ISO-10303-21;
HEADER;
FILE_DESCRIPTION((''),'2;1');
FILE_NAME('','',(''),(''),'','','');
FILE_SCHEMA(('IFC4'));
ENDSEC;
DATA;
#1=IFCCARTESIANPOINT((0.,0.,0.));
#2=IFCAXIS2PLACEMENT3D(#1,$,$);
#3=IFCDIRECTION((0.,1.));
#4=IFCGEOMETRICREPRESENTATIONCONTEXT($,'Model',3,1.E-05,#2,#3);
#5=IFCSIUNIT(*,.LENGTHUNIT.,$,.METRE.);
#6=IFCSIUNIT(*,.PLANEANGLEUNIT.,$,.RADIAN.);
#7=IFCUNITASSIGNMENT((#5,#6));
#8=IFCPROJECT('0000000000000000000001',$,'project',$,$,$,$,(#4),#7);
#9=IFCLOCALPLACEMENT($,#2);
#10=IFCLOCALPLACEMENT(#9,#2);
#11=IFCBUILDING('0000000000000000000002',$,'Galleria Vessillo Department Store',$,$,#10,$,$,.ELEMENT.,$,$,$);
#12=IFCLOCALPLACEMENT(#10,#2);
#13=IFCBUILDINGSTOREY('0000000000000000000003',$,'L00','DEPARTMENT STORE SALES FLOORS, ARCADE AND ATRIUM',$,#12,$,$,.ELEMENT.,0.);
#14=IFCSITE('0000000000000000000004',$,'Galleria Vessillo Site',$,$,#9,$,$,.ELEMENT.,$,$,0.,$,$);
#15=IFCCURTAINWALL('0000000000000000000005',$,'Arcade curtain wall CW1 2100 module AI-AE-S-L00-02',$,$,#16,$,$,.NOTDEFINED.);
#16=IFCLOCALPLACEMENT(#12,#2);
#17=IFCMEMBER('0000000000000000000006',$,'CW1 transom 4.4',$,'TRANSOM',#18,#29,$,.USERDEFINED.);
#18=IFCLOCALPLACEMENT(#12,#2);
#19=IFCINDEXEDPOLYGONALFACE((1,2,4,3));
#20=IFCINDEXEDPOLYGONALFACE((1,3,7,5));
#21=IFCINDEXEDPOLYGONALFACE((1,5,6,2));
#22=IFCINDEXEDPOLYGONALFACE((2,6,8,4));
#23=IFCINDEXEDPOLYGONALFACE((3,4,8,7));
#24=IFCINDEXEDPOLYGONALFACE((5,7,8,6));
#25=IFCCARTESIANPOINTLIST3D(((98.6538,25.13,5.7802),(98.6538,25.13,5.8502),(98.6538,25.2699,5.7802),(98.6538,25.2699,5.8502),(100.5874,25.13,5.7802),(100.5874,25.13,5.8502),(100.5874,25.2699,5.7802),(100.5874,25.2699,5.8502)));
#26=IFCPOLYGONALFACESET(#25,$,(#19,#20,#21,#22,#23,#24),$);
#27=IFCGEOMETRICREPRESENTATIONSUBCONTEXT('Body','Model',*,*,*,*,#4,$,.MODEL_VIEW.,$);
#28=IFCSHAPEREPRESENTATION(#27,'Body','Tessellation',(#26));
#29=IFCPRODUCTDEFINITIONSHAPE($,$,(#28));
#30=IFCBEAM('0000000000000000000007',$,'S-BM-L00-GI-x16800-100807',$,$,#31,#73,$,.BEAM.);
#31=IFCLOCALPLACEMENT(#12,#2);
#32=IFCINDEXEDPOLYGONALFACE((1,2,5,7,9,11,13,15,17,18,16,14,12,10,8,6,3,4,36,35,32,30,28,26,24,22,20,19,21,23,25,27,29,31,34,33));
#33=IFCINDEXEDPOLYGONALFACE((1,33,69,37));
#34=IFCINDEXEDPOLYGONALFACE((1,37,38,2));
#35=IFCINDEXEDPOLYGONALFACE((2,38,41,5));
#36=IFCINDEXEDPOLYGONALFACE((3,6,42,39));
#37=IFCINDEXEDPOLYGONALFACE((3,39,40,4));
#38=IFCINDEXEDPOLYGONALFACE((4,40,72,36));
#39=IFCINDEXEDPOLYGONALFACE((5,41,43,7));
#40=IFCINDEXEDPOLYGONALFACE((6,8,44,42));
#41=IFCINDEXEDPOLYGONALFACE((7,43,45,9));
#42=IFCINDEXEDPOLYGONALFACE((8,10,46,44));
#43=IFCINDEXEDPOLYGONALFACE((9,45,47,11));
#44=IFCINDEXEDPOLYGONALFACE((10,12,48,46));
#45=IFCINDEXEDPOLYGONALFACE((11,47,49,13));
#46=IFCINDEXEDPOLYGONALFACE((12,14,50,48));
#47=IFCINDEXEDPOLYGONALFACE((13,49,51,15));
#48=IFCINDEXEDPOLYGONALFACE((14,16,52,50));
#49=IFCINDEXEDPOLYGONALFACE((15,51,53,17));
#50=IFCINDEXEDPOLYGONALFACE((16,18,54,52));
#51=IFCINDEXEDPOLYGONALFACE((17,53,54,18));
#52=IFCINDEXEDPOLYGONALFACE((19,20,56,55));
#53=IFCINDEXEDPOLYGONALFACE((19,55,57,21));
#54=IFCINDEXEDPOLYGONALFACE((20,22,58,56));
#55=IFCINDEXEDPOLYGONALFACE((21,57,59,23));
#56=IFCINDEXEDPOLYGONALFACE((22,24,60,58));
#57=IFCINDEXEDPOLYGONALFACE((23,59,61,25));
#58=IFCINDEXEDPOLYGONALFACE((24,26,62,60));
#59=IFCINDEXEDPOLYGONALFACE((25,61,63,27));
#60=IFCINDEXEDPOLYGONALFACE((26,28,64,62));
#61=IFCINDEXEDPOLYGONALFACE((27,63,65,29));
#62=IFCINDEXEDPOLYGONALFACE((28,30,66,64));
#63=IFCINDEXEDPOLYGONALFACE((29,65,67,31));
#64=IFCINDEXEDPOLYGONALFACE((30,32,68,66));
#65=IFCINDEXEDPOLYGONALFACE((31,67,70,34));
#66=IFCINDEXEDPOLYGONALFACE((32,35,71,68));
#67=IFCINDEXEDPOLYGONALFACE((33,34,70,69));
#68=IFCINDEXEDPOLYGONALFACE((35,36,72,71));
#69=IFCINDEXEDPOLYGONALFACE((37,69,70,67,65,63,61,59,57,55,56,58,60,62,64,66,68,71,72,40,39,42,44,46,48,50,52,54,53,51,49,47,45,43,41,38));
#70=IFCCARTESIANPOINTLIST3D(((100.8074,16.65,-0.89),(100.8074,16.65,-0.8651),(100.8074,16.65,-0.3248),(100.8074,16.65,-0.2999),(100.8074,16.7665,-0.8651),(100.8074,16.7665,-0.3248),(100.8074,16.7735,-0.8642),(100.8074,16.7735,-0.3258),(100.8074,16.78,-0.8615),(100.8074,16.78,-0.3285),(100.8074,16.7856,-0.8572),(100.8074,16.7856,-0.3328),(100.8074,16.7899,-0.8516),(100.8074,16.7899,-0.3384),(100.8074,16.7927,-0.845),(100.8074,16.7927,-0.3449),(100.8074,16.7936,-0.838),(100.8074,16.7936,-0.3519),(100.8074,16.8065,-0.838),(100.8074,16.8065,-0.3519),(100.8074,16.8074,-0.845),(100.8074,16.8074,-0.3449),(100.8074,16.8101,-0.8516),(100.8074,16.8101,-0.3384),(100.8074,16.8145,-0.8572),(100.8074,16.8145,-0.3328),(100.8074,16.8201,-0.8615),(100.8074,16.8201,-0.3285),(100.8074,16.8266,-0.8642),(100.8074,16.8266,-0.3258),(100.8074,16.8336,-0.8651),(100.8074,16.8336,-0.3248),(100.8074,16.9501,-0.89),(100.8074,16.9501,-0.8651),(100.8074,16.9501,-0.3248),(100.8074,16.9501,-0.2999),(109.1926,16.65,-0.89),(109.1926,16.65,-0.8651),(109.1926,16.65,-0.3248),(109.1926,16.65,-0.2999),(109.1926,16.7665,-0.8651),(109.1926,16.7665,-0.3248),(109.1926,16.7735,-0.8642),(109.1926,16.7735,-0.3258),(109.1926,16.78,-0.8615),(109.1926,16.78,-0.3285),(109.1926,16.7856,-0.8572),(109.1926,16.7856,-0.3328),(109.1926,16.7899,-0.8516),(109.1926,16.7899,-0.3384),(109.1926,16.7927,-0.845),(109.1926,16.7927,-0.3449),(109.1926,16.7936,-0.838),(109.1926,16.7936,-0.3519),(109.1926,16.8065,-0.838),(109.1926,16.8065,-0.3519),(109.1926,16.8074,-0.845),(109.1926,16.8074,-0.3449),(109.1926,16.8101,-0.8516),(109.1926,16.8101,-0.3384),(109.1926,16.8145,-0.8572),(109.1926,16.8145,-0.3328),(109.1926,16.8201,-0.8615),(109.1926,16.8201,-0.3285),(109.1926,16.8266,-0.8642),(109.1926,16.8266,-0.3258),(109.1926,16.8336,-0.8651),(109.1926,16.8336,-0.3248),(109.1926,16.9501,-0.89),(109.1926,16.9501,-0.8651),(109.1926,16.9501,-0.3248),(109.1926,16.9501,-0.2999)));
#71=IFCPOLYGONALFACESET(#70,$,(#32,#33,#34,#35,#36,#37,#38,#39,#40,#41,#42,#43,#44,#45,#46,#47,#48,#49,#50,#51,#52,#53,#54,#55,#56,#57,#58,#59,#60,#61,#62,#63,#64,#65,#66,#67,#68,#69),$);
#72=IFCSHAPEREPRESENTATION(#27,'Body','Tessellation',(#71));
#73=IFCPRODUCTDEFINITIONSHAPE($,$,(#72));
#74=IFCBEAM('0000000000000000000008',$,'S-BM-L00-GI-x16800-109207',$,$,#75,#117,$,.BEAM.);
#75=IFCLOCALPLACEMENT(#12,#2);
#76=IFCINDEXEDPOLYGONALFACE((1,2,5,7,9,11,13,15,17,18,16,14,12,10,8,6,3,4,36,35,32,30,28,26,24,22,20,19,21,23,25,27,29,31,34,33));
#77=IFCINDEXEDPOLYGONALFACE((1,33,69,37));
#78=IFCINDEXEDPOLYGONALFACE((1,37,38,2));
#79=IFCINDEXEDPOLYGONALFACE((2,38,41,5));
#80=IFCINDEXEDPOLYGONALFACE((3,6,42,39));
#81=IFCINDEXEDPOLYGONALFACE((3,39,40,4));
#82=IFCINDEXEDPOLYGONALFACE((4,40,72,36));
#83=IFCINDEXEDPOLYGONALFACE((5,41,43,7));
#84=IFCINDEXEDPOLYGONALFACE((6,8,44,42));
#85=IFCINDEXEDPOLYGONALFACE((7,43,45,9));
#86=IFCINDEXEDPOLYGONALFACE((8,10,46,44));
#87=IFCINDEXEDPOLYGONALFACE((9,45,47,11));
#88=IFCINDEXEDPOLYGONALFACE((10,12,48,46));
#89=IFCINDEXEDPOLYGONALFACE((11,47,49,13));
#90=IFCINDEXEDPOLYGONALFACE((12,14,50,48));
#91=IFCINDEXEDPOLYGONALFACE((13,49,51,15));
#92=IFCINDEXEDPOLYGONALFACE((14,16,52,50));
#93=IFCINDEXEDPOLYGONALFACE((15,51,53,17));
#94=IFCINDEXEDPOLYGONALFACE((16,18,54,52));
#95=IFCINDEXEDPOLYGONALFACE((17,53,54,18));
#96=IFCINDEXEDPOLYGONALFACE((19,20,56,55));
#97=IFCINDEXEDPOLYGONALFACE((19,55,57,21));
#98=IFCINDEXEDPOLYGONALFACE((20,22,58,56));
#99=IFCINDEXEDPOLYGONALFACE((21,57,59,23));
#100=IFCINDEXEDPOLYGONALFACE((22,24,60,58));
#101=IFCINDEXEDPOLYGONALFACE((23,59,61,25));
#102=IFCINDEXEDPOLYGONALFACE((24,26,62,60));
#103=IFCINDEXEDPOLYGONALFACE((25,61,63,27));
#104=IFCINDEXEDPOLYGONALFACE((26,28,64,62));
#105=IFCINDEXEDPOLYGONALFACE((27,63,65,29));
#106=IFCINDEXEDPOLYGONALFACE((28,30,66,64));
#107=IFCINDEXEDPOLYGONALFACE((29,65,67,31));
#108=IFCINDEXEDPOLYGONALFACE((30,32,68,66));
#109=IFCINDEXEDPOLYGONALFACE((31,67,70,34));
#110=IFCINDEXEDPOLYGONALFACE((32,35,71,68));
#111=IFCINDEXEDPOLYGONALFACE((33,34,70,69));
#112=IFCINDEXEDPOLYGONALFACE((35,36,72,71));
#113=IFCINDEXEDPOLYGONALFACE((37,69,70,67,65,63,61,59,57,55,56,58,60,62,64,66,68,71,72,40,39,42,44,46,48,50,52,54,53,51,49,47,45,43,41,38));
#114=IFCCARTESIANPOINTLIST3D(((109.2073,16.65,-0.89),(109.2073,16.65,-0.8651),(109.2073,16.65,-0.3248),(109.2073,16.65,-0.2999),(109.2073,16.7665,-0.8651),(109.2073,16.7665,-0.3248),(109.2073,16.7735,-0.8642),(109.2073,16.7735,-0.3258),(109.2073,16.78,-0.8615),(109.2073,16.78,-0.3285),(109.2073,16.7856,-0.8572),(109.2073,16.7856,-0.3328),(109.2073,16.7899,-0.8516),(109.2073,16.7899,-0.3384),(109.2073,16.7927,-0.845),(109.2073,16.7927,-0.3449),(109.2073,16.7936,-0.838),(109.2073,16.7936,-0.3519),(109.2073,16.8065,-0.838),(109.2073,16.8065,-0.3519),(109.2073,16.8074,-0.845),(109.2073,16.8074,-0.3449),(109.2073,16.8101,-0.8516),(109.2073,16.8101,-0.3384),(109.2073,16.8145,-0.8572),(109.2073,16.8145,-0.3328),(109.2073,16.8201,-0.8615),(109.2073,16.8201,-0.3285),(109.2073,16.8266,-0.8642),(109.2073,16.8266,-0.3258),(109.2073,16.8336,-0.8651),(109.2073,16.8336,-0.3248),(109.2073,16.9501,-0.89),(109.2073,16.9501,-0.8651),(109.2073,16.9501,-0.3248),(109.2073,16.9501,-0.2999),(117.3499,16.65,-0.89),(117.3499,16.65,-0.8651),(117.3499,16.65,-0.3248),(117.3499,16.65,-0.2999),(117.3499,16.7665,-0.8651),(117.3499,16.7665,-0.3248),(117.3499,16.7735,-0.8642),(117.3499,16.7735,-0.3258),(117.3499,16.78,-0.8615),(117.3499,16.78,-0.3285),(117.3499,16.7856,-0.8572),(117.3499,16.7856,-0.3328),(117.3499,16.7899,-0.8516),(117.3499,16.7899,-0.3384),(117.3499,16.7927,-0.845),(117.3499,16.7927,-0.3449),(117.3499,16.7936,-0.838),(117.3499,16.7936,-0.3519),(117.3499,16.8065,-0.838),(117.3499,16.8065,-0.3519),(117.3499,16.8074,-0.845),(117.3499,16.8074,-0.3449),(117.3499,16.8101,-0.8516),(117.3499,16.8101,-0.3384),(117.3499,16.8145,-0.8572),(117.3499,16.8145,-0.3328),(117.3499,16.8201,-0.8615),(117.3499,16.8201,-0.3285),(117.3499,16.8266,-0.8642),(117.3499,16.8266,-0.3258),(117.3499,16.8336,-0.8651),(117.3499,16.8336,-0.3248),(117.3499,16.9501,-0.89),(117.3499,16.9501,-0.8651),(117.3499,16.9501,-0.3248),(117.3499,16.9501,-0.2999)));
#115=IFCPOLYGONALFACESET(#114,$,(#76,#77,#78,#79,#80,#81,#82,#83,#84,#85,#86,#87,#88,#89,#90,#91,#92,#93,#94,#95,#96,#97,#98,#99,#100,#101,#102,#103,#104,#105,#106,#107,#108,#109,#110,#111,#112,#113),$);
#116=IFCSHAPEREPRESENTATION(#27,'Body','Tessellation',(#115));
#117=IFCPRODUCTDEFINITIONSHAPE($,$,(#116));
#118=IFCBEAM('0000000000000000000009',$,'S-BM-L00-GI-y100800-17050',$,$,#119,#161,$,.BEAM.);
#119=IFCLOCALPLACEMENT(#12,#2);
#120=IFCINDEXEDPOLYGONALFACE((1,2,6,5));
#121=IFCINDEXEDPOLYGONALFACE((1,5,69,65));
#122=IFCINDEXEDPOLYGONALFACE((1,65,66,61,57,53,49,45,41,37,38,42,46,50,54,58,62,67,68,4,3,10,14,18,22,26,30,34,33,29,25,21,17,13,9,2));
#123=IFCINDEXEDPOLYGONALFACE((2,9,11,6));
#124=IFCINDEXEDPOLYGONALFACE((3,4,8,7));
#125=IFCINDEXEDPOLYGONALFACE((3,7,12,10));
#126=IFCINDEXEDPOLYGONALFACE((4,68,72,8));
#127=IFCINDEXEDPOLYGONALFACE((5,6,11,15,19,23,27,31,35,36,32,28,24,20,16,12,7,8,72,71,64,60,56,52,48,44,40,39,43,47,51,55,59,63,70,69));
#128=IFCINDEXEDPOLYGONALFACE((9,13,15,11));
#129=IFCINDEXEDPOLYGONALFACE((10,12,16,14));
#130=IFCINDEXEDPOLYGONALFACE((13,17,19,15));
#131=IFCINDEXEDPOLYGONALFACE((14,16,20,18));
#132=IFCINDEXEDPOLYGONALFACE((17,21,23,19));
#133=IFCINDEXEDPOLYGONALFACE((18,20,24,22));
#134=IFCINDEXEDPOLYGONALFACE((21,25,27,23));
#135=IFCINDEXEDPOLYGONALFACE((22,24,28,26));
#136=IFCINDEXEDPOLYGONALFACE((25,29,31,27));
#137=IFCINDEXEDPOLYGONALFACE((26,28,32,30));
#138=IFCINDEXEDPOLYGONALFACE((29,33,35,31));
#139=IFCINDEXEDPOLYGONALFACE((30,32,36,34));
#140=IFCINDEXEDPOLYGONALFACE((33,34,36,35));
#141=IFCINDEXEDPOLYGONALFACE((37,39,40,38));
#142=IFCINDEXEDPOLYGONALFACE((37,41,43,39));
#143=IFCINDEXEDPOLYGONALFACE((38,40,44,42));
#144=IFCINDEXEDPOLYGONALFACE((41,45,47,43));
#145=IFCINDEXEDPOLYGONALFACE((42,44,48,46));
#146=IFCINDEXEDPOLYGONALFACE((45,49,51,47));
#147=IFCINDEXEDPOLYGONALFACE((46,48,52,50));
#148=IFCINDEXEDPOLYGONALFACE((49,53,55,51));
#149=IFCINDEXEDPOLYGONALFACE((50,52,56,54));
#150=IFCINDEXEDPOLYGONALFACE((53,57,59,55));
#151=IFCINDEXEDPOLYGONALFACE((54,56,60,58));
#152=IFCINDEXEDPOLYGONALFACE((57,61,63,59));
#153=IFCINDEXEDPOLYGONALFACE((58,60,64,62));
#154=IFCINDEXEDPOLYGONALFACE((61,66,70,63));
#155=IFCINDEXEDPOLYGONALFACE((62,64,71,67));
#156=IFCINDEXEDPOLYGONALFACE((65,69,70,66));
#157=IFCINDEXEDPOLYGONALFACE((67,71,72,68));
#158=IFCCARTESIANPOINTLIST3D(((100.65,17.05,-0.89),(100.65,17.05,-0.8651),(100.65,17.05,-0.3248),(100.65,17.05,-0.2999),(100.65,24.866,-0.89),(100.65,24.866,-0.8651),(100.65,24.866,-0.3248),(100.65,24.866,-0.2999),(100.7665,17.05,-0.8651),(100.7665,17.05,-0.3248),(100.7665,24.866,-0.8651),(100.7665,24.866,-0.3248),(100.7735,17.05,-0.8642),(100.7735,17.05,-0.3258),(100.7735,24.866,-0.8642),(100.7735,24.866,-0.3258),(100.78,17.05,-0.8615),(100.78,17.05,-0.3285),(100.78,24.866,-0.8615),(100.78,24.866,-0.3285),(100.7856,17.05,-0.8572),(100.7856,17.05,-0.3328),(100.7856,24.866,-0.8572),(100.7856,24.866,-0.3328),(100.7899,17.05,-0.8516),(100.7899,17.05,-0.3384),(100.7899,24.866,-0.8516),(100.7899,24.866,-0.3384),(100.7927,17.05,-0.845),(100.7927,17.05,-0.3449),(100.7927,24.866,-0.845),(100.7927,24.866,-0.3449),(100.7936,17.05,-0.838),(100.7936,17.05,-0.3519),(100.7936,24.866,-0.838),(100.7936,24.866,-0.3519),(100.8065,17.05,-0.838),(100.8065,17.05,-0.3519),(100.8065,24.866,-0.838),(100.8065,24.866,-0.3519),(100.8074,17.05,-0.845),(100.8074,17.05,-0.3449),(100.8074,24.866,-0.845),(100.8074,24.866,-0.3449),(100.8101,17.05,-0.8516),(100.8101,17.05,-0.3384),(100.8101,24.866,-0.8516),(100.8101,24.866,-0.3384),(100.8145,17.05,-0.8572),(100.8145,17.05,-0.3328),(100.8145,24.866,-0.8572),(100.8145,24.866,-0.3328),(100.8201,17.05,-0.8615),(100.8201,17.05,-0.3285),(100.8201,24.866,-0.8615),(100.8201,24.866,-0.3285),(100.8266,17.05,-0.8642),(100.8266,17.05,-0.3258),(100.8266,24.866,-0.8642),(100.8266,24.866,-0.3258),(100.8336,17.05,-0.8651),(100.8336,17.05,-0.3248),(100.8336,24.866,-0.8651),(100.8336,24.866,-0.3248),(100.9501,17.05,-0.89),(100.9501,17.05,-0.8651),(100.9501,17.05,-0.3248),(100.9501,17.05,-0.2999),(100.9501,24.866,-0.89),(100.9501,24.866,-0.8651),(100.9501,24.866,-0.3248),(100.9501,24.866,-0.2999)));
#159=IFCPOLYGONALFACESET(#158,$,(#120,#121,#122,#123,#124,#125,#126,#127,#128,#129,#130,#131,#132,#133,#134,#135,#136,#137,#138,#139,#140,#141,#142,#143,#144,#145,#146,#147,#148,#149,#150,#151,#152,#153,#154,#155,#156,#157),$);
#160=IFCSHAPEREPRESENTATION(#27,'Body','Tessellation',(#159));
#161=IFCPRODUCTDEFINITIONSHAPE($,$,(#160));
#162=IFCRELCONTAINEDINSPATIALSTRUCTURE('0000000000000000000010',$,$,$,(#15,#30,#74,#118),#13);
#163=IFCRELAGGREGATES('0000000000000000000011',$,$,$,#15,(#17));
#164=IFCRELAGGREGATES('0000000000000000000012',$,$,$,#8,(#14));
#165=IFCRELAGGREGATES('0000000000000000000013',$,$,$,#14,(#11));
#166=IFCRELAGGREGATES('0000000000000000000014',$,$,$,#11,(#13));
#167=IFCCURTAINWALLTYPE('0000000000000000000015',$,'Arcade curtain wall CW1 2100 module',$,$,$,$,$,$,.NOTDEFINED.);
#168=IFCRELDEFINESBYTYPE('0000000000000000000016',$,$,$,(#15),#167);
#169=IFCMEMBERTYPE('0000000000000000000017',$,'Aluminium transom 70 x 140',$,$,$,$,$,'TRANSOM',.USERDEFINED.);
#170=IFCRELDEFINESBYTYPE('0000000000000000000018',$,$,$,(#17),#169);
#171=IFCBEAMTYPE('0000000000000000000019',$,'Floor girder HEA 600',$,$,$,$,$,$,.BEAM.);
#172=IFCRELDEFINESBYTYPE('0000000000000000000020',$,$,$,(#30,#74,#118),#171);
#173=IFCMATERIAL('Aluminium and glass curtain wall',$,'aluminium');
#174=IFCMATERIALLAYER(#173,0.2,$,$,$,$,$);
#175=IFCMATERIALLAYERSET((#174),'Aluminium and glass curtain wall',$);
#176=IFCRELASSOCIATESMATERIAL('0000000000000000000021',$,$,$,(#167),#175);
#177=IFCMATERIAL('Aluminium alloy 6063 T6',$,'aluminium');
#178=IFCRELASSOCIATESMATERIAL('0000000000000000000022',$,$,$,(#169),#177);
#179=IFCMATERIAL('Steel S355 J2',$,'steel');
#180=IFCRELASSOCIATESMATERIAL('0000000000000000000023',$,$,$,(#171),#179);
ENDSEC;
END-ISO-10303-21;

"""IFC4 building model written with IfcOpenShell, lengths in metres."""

from ifc_helpers import new_model, si_unit, direction, frame, origin, origin_2d, place, context, subcontext, project, spatial, rectangle, i_section, extrude, material, layer, layer_set, material_profile, profile_set, type_object, element, aggregate, save


model = new_model("IFC4")

# Units and contexts
model_context = context("Model", 3, precision=1e-05, world=origin(), true_north=direction((0.0, 1.0)))
body_context = subcontext(model_context, "Body", "Model", "MODEL_VIEW")
ifc_project = project(units=[si_unit("LENGTHUNIT", "METRE"), si_unit("PLANEANGLEUNIT", "RADIAN")], contexts=[model_context])

# Site, building, storey
site_placement = place(None, origin())
site = spatial("IfcSite", under=ifc_project, at=site_placement, Name="Galleria Vessillo Site", CompositionType="ELEMENT", RefElevation=0.0)
building_placement = place(site_placement, origin())
building = spatial("IfcBuilding", under=site, at=building_placement, Name="Galleria Vessillo Department Store", CompositionType="ELEMENT")
storey_placement = place(building_placement, origin())
storey = spatial("IfcBuildingStorey", under=building, at=storey_placement, Name="L00", Description="DEPARTMENT STORE SALES FLOORS, ARCADE AND ATRIUM", CompositionType="ELEMENT", Elevation=0.0)

# Curtain wall, member
ifc_material_1 = material(Name="Aluminium and glass curtain wall", Category="aluminium")
ifc_layer_1 = layer(ifc_material_1, 0.2)
ifc_layer_set_1 = layer_set([ifc_layer_1], Name="Aluminium and glass curtain wall")
curtain_wall_type = type_object("IfcCurtainWallType", Name="Arcade curtain wall CW1 2100 module", PredefinedType="NOTDEFINED", material=ifc_layer_set_1)
curtain_wall_placement = place(storey_placement, origin())
curtain_wall = element("IfcCurtainWall", 1, at=curtain_wall_placement, inside=storey, type_object=curtain_wall_type, Name="Arcade curtain wall CW1 2100 module AI-AE-S-L00-02", PredefinedType="NOTDEFINED")
ifc_material_2 = material(Name="Aluminium alloy 6063 T6", Category="aluminium")
ifc_material_profile_1 = material_profile(ifc_material_2, rectangle(XDim=0.1399, YDim=0.0701, at=origin_2d()), Name="AL 70x140")
ifc_profile_set_1 = profile_set([ifc_material_profile_1], Name="Aluminium alloy 6063 T6")
member_type_1 = type_object("IfcMemberType", Name="Aluminium transom 70 x 140", ElementType="TRANSOM", PredefinedType="USERDEFINED", material=ifc_profile_set_1)
member_1_placement = place(storey_placement, frame((98.6538, 25.2, 5.8152), z_axis=(1.0, 0.0, 0.0), x_axis=(0.0, 1.0, 0.0)))
member_1 = element("IfcMember", 2, at=member_1_placement, type_object=member_type_1, Name="CW1 transom 4.4", ObjectType="TRANSOM", PredefinedType="USERDEFINED", context=body_context, shape_type="SweptSolid", body=[
    extrude(rectangle(XDim=0.1399, YDim=0.0701, at=origin_2d()), origin(), (0.0, 0.0, 1.0), 1.9336),
])

# Beams
ifc_material_3 = material(Name="Steel S355 J2", Category="steel")
ifc_material_profile_2 = material_profile(ifc_material_3, i_section(OverallWidth=0.3, OverallDepth=0.5901, WebThickness=0.0129, FlangeThickness=0.0249, FilletRadius=0.0271, at=origin_2d()), Name="HEA 600")
ifc_profile_set_2 = profile_set([ifc_material_profile_2], Name="Steel S355 J2")
beam_type_1 = type_object("IfcBeamType", Name="Floor girder HEA 600", PredefinedType="BEAM", material=ifc_profile_set_2)
beam_1_placement = place(storey_placement, frame((100.8074, 16.8, -0.595), z_axis=(1.0, 0.0, 0.0), x_axis=(0.0, 1.0, 0.0)))
element("IfcBeam", 3, at=beam_1_placement, inside=storey, type_object=beam_type_1, Name="S-BM-L00-GI-x16800-100807", PredefinedType="BEAM", context=body_context, shape_type="SweptSolid", body=[
    extrude(i_section(OverallWidth=0.3, OverallDepth=0.5901, WebThickness=0.0129, FlangeThickness=0.0249, FilletRadius=0.0271, at=origin_2d()), origin(), (0.0, 0.0, 1.0), 8.3853),
])
beam_2_placement = place(storey_placement, frame((109.2073, 16.8, -0.595), z_axis=(1.0, 0.0, 0.0), x_axis=(0.0, 1.0, 0.0)))
element("IfcBeam", 4, at=beam_2_placement, inside=storey, type_object=beam_type_1, Name="S-BM-L00-GI-x16800-109207", PredefinedType="BEAM", context=body_context, shape_type="SweptSolid", body=[
    extrude(i_section(OverallWidth=0.3, OverallDepth=0.5901, WebThickness=0.0129, FlangeThickness=0.0249, FilletRadius=0.0271, at=origin_2d()), origin(), (0.0, 0.0, 1.0), 8.1426),
])
for number, where, z_axis, x_axis, name in (
    (5, (100.8, 17.05, -0.595), (0.0, 1.0, 0.0), (-1.0, 0.0, 0.0), "S-BM-L00-GI-y100800-17050"),
):
    element("IfcBeam", number, at=place(storey_placement, frame(where, z_axis=z_axis, x_axis=x_axis)), inside=storey, type_object=beam_type_1, Name=name, PredefinedType="BEAM", context=body_context, shape_type="SweptSolid", body=[
        extrude(i_section(OverallWidth=0.3, OverallDepth=0.5901, WebThickness=0.0129, FlangeThickness=0.0249, FilletRadius=0.0271, at=origin_2d()), origin(), (0.0, 0.0, 1.0), 7.8159),
    ])

aggregate(curtain_wall, [member_1])

save(model, "model.ifc")
